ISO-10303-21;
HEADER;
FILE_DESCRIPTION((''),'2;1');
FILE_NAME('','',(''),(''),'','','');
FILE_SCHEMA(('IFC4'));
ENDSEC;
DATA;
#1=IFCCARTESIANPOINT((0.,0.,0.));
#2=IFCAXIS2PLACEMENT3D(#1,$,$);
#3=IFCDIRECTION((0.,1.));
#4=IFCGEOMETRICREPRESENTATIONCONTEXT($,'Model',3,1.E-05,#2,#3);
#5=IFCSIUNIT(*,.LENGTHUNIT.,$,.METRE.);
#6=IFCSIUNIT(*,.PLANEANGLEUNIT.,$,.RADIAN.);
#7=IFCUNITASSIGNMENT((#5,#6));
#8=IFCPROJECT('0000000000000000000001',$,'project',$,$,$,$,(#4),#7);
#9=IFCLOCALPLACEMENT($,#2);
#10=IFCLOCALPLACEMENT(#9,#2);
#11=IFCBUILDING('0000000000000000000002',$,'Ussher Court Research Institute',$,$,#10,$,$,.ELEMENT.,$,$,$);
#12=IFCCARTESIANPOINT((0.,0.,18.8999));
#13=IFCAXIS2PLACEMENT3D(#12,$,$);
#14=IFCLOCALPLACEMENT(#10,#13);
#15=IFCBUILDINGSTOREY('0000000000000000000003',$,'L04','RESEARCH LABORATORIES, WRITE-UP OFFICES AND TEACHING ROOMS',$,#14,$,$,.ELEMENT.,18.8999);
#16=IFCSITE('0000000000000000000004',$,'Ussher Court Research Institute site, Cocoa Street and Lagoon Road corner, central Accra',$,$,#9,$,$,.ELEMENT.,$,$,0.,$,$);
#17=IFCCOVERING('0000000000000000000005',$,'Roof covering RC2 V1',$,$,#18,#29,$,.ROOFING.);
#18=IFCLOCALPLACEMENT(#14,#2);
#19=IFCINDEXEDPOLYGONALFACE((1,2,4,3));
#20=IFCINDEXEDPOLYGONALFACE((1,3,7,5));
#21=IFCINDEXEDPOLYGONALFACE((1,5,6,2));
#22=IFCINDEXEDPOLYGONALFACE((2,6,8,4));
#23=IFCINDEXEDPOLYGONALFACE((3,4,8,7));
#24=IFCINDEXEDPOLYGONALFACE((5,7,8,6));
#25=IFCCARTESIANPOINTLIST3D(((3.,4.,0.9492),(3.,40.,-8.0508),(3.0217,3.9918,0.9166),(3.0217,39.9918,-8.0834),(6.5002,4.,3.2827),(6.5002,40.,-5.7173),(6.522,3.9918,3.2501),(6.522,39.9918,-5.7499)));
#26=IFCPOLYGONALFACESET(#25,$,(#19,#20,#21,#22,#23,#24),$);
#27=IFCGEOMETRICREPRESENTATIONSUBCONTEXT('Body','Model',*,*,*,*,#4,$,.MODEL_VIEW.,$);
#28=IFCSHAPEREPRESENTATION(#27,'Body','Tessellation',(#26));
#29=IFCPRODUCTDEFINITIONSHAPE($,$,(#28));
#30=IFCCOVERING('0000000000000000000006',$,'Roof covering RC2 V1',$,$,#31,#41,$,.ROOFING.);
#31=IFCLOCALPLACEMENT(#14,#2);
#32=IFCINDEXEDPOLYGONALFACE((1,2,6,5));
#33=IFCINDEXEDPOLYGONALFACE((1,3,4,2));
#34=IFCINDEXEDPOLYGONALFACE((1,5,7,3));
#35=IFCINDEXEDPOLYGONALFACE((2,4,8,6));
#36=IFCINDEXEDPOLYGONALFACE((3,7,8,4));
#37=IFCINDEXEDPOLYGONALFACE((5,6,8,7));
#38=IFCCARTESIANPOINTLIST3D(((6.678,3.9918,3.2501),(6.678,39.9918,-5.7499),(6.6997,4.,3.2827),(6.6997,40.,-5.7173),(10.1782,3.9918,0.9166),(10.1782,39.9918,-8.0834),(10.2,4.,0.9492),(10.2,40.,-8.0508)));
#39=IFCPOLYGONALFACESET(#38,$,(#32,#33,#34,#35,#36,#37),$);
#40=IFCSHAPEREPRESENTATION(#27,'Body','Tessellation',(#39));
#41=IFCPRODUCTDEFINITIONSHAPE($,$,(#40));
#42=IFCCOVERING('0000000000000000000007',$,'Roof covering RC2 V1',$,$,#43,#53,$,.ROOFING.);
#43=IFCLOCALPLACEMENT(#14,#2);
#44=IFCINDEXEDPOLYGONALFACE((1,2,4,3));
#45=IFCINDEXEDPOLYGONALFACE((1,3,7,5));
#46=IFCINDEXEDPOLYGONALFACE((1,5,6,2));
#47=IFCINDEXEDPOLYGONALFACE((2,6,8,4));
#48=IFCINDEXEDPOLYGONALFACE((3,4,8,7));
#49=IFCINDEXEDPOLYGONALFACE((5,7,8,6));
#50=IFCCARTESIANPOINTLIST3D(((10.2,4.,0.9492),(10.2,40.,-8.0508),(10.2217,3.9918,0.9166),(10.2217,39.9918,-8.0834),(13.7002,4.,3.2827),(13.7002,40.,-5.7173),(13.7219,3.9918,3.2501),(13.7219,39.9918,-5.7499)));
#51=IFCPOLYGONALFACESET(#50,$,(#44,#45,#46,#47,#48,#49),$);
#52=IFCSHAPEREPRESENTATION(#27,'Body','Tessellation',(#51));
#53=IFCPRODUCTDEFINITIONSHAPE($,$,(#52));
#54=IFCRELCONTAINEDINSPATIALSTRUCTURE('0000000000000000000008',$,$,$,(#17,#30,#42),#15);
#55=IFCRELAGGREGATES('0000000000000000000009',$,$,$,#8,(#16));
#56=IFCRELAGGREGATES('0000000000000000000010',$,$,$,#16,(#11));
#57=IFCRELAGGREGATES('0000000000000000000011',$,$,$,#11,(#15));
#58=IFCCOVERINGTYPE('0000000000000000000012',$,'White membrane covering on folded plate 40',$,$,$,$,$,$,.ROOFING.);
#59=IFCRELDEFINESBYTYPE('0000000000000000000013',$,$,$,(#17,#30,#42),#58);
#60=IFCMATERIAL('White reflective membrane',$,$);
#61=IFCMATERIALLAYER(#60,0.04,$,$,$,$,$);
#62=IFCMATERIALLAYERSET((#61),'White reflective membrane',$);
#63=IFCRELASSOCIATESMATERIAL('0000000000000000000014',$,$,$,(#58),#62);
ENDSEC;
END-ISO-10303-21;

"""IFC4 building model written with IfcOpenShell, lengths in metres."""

from ifc_helpers import new_model, si_unit, direction, frame, origin, place, context, subcontext, project, spatial, polyline, outline, extrude, material, layer, layer_set, type_object, element, save


model = new_model("IFC4")

# Units and contexts
model_context = context("Model", 3, precision=1e-05, world=origin(), true_north=direction((0.0, 1.0)))
body_context = subcontext(model_context, "Body", "Model", "MODEL_VIEW")
ifc_project = project(units=[si_unit("LENGTHUNIT", "METRE"), si_unit("PLANEANGLEUNIT", "RADIAN")], contexts=[model_context])

# Site, building, storey
site_placement = place(None, origin())
site = spatial("IfcSite", under=ifc_project, at=site_placement, Name="Ussher Court Research Institute site, Cocoa Street and Lagoon Road corner, central Accra", CompositionType="ELEMENT", RefElevation=0.0)
building_placement = place(site_placement, origin())
building = spatial("IfcBuilding", under=site, at=building_placement, Name="Ussher Court Research Institute", CompositionType="ELEMENT")
storey_placement = place(building_placement, frame((0.0, 0.0, 18.8999)))
storey = spatial("IfcBuildingStorey", under=building, at=storey_placement, Name="L04", Description="RESEARCH LABORATORIES, WRITE-UP OFFICES AND TEACHING ROOMS", CompositionType="ELEMENT", Elevation=18.8999)

# Coverings
ifc_material_1 = material(Name="White reflective membrane")
ifc_layer_1 = layer(ifc_material_1, 0.04)
ifc_layer_set_1 = layer_set([ifc_layer_1], Name="White reflective membrane")
covering_type_1 = type_object("IfcCoveringType", Name="White membrane covering on folded plate 40", PredefinedType="ROOFING", material=ifc_layer_set_1)
covering_1_placement = place(storey_placement, frame((3.0, 4.0, 0.9492), z_axis=(-0.543075, 0.203653, 0.814613), x_axis=(0.0, 0.970143, -0.242536)))
element("IfcCovering", 1, at=covering_1_placement, inside=storey, type_object=covering_type_1, Name="Roof covering RC2 V1", PredefinedType="ROOFING", context=body_context, shape_type="SweptSolid", body=[
    extrude(outline(polyline([(0.0, 0.0), (37.108, 0.0), (36.542, -4.1685), (-0.566, -4.1685), (0.0, 0.0)])), origin(), (0.0, 0.0, -1.0), 0.04),
])
covering_2_placement = place(storey_placement, frame((10.2, 4.0, 0.9492), z_axis=(0.543075, 0.203653, 0.814613), x_axis=(0.0, 0.970143, -0.242536)))
element("IfcCovering", 2, at=covering_2_placement, inside=storey, type_object=covering_type_1, Name="Roof covering RC2 V1", PredefinedType="ROOFING", context=body_context, shape_type="SweptSolid", body=[
    extrude(outline(polyline([(0.0, 0.0), (37.108, 0.0), (36.542, 4.1685), (-0.566, 4.1685), (0.0, 0.0)])), origin(), (0.0, 0.0, -1.0), 0.04),
])
covering_3_placement = place(storey_placement, frame((10.2, 4.0, 0.9492), z_axis=(-0.543075, 0.203653, 0.814613), x_axis=(0.0, 0.970143, -0.242536)))
element("IfcCovering", 3, at=covering_3_placement, inside=storey, type_object=covering_type_1, Name="Roof covering RC2 V1", PredefinedType="ROOFING", context=body_context, shape_type="SweptSolid", body=[
    extrude(outline(polyline([(0.0, 0.0), (37.108, 0.0), (36.542, -4.1685), (-0.566, -4.1685), (0.0, 0.0)])), origin(), (0.0, 0.0, -1.0), 0.04),
])

save(model, "model.ifc")
